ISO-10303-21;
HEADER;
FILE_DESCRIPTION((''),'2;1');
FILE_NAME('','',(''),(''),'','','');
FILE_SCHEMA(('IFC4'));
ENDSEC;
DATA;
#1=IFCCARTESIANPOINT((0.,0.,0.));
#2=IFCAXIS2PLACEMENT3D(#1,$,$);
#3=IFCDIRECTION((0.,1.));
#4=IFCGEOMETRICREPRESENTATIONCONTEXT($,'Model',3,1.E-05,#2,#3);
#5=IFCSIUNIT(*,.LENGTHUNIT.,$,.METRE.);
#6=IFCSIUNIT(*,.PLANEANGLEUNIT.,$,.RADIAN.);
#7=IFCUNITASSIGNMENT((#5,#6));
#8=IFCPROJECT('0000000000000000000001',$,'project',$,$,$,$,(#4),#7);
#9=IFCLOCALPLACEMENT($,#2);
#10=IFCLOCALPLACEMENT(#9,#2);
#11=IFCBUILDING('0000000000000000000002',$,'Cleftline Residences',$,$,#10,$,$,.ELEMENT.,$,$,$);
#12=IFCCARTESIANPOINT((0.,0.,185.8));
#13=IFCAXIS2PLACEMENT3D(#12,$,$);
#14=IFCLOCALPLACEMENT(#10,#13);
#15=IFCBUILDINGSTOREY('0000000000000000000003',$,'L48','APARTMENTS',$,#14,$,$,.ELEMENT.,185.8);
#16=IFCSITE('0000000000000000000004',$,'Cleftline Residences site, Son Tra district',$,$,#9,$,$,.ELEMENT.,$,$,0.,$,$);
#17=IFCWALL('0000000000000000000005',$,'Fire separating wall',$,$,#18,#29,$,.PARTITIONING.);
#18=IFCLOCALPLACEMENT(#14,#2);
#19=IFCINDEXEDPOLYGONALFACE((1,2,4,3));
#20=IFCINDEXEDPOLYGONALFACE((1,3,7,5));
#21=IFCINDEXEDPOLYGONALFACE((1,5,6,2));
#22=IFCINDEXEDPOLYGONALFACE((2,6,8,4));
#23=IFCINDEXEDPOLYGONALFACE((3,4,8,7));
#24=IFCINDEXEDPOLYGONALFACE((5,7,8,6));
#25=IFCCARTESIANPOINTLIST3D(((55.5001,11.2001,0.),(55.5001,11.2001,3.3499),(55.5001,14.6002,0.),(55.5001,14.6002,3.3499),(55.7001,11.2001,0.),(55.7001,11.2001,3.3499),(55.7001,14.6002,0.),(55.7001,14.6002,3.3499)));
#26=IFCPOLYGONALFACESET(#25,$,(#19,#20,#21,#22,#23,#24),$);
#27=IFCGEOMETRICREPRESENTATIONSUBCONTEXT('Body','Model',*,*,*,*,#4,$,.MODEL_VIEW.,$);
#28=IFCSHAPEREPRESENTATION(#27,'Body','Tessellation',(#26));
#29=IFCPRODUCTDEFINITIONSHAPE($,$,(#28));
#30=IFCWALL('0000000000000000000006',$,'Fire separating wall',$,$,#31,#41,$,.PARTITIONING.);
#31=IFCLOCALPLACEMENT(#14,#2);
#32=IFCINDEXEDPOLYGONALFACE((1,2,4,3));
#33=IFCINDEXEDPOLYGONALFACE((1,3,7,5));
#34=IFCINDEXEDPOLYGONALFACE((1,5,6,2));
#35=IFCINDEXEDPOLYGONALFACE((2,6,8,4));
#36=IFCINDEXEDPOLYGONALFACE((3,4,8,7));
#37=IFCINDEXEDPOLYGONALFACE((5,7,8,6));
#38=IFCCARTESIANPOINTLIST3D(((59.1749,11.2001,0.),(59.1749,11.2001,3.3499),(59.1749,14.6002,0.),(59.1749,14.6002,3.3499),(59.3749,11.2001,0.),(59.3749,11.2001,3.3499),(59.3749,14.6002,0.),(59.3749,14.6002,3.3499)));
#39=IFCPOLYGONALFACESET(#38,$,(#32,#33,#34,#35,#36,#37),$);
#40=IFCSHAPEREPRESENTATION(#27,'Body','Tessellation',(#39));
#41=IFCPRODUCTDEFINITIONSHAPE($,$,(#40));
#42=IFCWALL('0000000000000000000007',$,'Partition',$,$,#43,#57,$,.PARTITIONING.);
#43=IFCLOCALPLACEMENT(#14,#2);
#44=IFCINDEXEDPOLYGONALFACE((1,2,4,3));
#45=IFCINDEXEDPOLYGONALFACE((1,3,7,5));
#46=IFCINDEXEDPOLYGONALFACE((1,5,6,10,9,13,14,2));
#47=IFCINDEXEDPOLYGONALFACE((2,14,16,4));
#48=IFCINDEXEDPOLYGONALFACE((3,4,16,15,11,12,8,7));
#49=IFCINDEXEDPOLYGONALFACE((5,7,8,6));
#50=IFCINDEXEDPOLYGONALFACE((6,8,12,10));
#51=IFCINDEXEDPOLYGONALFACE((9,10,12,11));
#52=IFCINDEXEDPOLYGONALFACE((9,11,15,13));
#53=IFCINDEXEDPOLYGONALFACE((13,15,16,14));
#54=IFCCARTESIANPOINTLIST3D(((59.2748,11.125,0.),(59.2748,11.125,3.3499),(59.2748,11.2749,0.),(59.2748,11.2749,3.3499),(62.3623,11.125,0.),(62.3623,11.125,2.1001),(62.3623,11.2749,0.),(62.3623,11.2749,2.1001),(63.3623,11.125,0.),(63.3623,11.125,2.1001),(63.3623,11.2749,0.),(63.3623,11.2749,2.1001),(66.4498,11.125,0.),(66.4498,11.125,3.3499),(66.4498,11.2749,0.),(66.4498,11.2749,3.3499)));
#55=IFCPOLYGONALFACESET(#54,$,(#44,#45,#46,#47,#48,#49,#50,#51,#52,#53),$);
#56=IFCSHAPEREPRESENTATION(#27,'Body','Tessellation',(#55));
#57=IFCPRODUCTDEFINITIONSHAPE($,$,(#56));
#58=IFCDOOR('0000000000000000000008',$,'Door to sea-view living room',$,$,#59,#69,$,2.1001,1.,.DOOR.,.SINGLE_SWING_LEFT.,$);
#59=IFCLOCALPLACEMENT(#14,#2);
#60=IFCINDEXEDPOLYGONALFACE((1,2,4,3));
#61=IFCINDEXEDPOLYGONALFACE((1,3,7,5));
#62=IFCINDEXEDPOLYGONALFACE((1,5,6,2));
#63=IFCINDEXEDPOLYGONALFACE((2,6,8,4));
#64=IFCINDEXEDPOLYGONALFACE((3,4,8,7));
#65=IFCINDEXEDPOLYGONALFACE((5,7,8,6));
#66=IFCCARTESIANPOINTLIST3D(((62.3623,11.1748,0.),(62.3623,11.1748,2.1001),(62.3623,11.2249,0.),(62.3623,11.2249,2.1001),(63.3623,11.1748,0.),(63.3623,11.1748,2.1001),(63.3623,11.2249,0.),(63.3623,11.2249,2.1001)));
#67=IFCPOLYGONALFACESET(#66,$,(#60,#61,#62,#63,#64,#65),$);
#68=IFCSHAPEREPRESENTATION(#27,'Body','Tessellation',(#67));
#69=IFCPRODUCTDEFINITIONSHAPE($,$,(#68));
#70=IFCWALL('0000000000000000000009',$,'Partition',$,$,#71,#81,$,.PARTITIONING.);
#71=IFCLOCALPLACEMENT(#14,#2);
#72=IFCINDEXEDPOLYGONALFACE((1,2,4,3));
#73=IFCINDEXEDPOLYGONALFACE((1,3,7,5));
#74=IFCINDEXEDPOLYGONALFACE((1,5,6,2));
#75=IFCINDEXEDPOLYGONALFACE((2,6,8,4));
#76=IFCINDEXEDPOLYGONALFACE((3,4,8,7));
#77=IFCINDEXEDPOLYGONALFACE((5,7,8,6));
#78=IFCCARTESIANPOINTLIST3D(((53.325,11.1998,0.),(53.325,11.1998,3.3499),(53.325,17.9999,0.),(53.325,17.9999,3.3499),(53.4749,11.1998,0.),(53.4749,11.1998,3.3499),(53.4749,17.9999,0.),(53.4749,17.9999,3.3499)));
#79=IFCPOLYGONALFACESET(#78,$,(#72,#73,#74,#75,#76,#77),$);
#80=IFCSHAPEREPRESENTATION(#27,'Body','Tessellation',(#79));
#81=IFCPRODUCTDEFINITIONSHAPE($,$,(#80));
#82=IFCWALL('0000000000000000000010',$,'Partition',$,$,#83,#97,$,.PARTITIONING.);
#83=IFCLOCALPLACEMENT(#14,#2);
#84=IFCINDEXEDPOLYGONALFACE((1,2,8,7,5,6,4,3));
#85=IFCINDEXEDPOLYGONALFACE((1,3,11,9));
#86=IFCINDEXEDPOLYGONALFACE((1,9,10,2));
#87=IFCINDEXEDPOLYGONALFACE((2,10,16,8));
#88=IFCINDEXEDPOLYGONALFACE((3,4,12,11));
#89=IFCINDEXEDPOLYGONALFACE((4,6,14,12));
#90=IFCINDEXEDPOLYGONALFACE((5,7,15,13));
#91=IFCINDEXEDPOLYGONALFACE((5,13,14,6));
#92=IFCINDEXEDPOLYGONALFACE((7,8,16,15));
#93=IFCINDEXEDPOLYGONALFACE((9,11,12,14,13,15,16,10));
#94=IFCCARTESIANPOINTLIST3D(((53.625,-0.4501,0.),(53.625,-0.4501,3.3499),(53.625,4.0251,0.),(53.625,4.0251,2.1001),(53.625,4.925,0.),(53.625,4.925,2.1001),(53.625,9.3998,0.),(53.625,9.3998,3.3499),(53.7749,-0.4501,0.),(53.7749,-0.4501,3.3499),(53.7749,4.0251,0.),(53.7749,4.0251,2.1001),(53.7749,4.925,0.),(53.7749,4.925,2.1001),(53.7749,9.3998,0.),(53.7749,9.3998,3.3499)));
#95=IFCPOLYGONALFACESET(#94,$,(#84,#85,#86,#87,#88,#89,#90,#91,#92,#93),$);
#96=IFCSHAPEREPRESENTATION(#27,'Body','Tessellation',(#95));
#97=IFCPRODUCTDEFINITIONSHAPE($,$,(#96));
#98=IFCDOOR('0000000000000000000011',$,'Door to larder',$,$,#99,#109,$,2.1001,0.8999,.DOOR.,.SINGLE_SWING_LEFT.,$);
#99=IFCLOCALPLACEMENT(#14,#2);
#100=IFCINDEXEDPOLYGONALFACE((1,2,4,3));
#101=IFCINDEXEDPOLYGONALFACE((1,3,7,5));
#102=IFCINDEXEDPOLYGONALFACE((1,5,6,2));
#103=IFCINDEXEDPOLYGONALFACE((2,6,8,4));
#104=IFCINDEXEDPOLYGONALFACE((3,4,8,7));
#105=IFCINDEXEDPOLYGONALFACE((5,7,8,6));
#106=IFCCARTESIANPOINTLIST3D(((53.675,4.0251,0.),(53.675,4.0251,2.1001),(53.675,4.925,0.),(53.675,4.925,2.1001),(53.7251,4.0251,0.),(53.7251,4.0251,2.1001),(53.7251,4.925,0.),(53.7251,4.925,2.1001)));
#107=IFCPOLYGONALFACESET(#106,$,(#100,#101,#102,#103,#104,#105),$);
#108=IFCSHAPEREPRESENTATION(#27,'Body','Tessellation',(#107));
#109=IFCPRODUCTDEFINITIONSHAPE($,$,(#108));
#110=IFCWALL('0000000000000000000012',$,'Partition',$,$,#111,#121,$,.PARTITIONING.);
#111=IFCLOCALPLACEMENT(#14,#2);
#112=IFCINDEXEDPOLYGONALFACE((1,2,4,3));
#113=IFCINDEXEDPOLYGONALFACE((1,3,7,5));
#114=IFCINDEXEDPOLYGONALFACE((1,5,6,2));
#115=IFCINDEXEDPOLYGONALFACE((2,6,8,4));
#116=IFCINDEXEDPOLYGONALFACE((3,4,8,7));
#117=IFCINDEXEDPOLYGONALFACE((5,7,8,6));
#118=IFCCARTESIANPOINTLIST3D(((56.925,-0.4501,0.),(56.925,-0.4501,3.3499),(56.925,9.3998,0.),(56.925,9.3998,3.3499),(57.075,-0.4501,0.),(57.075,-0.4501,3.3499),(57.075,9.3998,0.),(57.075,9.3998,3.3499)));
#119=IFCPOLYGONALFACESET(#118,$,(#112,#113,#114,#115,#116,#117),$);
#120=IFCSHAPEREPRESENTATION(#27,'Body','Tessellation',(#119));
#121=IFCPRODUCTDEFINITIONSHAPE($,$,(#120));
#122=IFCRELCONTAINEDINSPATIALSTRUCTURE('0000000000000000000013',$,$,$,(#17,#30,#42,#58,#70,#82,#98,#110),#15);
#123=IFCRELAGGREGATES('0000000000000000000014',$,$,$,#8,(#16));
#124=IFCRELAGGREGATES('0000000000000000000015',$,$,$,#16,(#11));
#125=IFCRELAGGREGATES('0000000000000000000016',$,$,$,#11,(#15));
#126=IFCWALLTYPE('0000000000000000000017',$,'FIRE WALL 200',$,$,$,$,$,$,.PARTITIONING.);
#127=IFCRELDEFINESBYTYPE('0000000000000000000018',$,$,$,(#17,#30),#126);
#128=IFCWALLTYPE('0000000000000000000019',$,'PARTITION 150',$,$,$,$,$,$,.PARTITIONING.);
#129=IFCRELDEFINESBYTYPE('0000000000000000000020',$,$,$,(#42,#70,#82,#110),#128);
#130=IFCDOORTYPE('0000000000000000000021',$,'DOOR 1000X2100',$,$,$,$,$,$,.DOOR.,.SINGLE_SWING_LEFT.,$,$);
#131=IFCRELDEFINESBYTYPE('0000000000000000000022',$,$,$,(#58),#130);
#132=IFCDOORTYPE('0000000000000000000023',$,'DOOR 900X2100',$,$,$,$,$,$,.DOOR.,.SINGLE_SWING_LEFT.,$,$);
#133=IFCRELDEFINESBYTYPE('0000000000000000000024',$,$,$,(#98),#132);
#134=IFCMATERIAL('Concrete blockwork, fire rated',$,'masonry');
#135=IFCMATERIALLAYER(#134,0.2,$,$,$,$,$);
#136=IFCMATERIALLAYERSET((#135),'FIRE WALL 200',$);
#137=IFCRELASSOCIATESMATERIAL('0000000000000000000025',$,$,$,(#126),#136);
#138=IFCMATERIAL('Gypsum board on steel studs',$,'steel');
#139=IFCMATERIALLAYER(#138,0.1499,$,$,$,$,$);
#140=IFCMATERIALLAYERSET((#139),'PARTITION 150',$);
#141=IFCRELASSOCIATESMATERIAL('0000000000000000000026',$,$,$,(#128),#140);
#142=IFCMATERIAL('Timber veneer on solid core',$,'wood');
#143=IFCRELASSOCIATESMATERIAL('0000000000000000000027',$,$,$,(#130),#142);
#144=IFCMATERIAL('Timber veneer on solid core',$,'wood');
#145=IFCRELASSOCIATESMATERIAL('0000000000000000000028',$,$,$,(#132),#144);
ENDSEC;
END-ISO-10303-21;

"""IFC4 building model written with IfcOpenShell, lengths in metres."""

from ifc_helpers import new_model, si_unit, direction, frame, frame_2d, origin, place, context, subcontext, project, spatial, rectangle, extrude, material, layer, layer_set, type_object, element, fill, save


model = new_model("IFC4")

# Units and contexts
model_context = context("Model", 3, precision=1e-05, world=origin(), true_north=direction((0.0, 1.0)))
body_context = subcontext(model_context, "Body", "Model", "MODEL_VIEW")
ifc_project = project(units=[si_unit("LENGTHUNIT", "METRE"), si_unit("PLANEANGLEUNIT", "RADIAN")], contexts=[model_context])

# Site, building, storey
site_placement = place(None, origin())
site = spatial("IfcSite", under=ifc_project, at=site_placement, Name="Cleftline Residences site, Son Tra district", CompositionType="ELEMENT", RefElevation=0.0)
building_placement = place(site_placement, origin())
building = spatial("IfcBuilding", under=site, at=building_placement, Name="Cleftline Residences", CompositionType="ELEMENT")
storey_placement = place(building_placement, frame((0.0, 0.0, 185.8)))
storey = spatial("IfcBuildingStorey", under=building, at=storey_placement, Name="L48", Description="APARTMENTS", CompositionType="ELEMENT", Elevation=185.8)

# Shared definitions
ifc_material_1 = material(Name="Concrete blockwork, fire rated", Category="masonry")
ifc_layer_1 = layer(ifc_material_1, 0.2)
ifc_layer_set_1 = layer_set([ifc_layer_1], Name="FIRE WALL 200")
wall_type_1 = type_object("IfcWallType", Name="FIRE WALL 200", PredefinedType="PARTITIONING", material=ifc_layer_set_1)

# Walls
for number, where, z_axis, x_axis, name in (
    (1, (55.6001, 11.2, 0.0), (0.0, 0.0, 1.0), (0.0, 1.0, 0.0), "Fire separating wall"),
    (2, (59.2749, 11.2, 0.0), (0.0, 0.0, 1.0), (0.0, 1.0, 0.0), "Fire separating wall"),
):
    element("IfcWall", number, at=place(storey_placement, frame(where, z_axis=z_axis, x_axis=x_axis)), inside=storey, type_object=wall_type_1, Name=name, PredefinedType="PARTITIONING", context=body_context, shape_type="SweptSolid", body=[
        extrude(rectangle(XDim=3.4001, YDim=0.2, at=frame_2d((1.7002, 0.0))), origin(), (0.0, 0.0, 1.0), 3.3499),
    ])

# Wall, opening, door
ifc_material_2 = material(Name="Gypsum board on steel studs", Category="steel")
ifc_layer_2 = layer(ifc_material_2, 0.1499)
ifc_layer_set_2 = layer_set([ifc_layer_2], Name="PARTITION 150")
wall_type_2 = type_object("IfcWallType", Name="PARTITION 150", PredefinedType="PARTITIONING", material=ifc_layer_set_2)
wall_1_placement = place(storey_placement, frame((59.2749, 11.2, 0.0), z_axis=(0.0, 0.0, 1.0), x_axis=(1.0, 0.0, 0.0)))
wall_1 = element("IfcWall", 3, at=wall_1_placement, inside=storey, type_object=wall_type_2, Name="Partition", PredefinedType="PARTITIONING", context=body_context, shape_type="SweptSolid", body=[
    extrude(rectangle(XDim=7.175, YDim=0.1499, at=frame_2d((3.5874, 0.0))), origin(), (0.0, 0.0, 1.0), 3.3499),
])
opening_1_placement = place(wall_1_placement, frame((3.0874, 0.0, 0.0)))
opening_1 = element("IfcOpeningElement", 4, at=opening_1_placement, cuts=wall_1, PredefinedType="OPENING", context=body_context, shape_type="SweptSolid", body=[
    extrude(rectangle(XDim=1.0, YDim=2.1001, at=frame_2d((0.5, 1.05))), frame((0.0, 0.085, 0.0), z_axis=(0.0, -1.0, 0.0), x_axis=(1.0, 0.0, 0.0)), (0.0, 0.0, 1.0), 0.1699),
])
ifc_material_3 = material(Name="Timber veneer on solid core", Category="wood")
door_type_1 = type_object("IfcDoorType", Name="DOOR 1000X2100", OperationType="SINGLE_SWING_LEFT", PredefinedType="DOOR", material=ifc_material_3)
door_1_placement = place(opening_1_placement, origin())
door_1 = element("IfcDoor", 5, at=door_1_placement, inside=storey, type_object=door_type_1, Name="Door to sea-view living room", OperationType="SINGLE_SWING_LEFT", OverallHeight=2.1001, OverallWidth=1.0, PredefinedType="DOOR", context=body_context, shape_type="SweptSolid", body=[
    extrude(rectangle(XDim=1.0, YDim=2.1001, at=frame_2d((0.5, 1.05))), frame((0.0, 0.0249, 0.0), z_axis=(0.0, -1.0, 0.0), x_axis=(1.0, 0.0, 0.0)), (0.0, 0.0, 1.0), 0.05),
])
fill(opening_1, door_1)

# Wall
wall_2_placement = place(storey_placement, frame((53.3999, 11.2, 0.0), z_axis=(0.0, 0.0, 1.0), x_axis=(0.0, 1.0, 0.0)))
element("IfcWall", 6, at=wall_2_placement, inside=storey, type_object=wall_type_2, Name="Partition", PredefinedType="PARTITIONING", context=body_context, shape_type="SweptSolid", body=[
    extrude(rectangle(XDim=6.8, YDim=0.1499, at=frame_2d((3.3999, 0.0))), origin(), (0.0, 0.0, 1.0), 3.3499),
])

# Wall, opening, door
wall_3_placement = place(storey_placement, frame((53.7, -0.45, 0.0), z_axis=(0.0, 0.0, 1.0), x_axis=(0.0, 1.0, 0.0)))
wall_3 = element("IfcWall", 7, at=wall_3_placement, inside=storey, type_object=wall_type_2, Name="Partition", PredefinedType="PARTITIONING", context=body_context, shape_type="SweptSolid", body=[
    extrude(rectangle(XDim=9.8499, YDim=0.1499, at=frame_2d((4.9248, 0.0))), origin(), (0.0, 0.0, 1.0), 3.3499),
])
opening_2_placement = place(wall_3_placement, frame((4.4751, 0.0, 0.0)))
opening_2 = element("IfcOpeningElement", 8, at=opening_2_placement, cuts=wall_3, PredefinedType="OPENING", context=body_context, shape_type="SweptSolid", body=[
    extrude(rectangle(XDim=0.8999, YDim=2.1001, at=frame_2d((0.45, 1.05))), frame((0.0, 0.085, 0.0), z_axis=(0.0, -1.0, 0.0), x_axis=(1.0, 0.0, 0.0)), (0.0, 0.0, 1.0), 0.1699),
])
ifc_material_4 = material(Name="Timber veneer on solid core", Category="wood")
door_type_2 = type_object("IfcDoorType", Name="DOOR 900X2100", OperationType="SINGLE_SWING_LEFT", PredefinedType="DOOR", material=ifc_material_4)
door_2_placement = place(opening_2_placement, origin())
door_2 = element("IfcDoor", 9, at=door_2_placement, inside=storey, type_object=door_type_2, Name="Door to larder", OperationType="SINGLE_SWING_LEFT", OverallHeight=2.1001, OverallWidth=0.8999, PredefinedType="DOOR", context=body_context, shape_type="SweptSolid", body=[
    extrude(rectangle(XDim=0.8999, YDim=2.1001, at=frame_2d((0.45, 1.05))), frame((0.0, 0.0249, 0.0), z_axis=(0.0, -1.0, 0.0), x_axis=(1.0, 0.0, 0.0)), (0.0, 0.0, 1.0), 0.05),
])
fill(opening_2, door_2)

# Wall
wall_4_placement = place(storey_placement, frame((57.0, -0.45, 0.0), z_axis=(0.0, 0.0, 1.0), x_axis=(0.0, 1.0, 0.0)))
element("IfcWall", 10, at=wall_4_placement, inside=storey, type_object=wall_type_2, Name="Partition", PredefinedType="PARTITIONING", context=body_context, shape_type="SweptSolid", body=[
    extrude(rectangle(XDim=9.8499, YDim=0.1499, at=frame_2d((4.9248, 0.0))), origin(), (0.0, 0.0, 1.0), 3.3499),
])

save(model, "model.ifc")
